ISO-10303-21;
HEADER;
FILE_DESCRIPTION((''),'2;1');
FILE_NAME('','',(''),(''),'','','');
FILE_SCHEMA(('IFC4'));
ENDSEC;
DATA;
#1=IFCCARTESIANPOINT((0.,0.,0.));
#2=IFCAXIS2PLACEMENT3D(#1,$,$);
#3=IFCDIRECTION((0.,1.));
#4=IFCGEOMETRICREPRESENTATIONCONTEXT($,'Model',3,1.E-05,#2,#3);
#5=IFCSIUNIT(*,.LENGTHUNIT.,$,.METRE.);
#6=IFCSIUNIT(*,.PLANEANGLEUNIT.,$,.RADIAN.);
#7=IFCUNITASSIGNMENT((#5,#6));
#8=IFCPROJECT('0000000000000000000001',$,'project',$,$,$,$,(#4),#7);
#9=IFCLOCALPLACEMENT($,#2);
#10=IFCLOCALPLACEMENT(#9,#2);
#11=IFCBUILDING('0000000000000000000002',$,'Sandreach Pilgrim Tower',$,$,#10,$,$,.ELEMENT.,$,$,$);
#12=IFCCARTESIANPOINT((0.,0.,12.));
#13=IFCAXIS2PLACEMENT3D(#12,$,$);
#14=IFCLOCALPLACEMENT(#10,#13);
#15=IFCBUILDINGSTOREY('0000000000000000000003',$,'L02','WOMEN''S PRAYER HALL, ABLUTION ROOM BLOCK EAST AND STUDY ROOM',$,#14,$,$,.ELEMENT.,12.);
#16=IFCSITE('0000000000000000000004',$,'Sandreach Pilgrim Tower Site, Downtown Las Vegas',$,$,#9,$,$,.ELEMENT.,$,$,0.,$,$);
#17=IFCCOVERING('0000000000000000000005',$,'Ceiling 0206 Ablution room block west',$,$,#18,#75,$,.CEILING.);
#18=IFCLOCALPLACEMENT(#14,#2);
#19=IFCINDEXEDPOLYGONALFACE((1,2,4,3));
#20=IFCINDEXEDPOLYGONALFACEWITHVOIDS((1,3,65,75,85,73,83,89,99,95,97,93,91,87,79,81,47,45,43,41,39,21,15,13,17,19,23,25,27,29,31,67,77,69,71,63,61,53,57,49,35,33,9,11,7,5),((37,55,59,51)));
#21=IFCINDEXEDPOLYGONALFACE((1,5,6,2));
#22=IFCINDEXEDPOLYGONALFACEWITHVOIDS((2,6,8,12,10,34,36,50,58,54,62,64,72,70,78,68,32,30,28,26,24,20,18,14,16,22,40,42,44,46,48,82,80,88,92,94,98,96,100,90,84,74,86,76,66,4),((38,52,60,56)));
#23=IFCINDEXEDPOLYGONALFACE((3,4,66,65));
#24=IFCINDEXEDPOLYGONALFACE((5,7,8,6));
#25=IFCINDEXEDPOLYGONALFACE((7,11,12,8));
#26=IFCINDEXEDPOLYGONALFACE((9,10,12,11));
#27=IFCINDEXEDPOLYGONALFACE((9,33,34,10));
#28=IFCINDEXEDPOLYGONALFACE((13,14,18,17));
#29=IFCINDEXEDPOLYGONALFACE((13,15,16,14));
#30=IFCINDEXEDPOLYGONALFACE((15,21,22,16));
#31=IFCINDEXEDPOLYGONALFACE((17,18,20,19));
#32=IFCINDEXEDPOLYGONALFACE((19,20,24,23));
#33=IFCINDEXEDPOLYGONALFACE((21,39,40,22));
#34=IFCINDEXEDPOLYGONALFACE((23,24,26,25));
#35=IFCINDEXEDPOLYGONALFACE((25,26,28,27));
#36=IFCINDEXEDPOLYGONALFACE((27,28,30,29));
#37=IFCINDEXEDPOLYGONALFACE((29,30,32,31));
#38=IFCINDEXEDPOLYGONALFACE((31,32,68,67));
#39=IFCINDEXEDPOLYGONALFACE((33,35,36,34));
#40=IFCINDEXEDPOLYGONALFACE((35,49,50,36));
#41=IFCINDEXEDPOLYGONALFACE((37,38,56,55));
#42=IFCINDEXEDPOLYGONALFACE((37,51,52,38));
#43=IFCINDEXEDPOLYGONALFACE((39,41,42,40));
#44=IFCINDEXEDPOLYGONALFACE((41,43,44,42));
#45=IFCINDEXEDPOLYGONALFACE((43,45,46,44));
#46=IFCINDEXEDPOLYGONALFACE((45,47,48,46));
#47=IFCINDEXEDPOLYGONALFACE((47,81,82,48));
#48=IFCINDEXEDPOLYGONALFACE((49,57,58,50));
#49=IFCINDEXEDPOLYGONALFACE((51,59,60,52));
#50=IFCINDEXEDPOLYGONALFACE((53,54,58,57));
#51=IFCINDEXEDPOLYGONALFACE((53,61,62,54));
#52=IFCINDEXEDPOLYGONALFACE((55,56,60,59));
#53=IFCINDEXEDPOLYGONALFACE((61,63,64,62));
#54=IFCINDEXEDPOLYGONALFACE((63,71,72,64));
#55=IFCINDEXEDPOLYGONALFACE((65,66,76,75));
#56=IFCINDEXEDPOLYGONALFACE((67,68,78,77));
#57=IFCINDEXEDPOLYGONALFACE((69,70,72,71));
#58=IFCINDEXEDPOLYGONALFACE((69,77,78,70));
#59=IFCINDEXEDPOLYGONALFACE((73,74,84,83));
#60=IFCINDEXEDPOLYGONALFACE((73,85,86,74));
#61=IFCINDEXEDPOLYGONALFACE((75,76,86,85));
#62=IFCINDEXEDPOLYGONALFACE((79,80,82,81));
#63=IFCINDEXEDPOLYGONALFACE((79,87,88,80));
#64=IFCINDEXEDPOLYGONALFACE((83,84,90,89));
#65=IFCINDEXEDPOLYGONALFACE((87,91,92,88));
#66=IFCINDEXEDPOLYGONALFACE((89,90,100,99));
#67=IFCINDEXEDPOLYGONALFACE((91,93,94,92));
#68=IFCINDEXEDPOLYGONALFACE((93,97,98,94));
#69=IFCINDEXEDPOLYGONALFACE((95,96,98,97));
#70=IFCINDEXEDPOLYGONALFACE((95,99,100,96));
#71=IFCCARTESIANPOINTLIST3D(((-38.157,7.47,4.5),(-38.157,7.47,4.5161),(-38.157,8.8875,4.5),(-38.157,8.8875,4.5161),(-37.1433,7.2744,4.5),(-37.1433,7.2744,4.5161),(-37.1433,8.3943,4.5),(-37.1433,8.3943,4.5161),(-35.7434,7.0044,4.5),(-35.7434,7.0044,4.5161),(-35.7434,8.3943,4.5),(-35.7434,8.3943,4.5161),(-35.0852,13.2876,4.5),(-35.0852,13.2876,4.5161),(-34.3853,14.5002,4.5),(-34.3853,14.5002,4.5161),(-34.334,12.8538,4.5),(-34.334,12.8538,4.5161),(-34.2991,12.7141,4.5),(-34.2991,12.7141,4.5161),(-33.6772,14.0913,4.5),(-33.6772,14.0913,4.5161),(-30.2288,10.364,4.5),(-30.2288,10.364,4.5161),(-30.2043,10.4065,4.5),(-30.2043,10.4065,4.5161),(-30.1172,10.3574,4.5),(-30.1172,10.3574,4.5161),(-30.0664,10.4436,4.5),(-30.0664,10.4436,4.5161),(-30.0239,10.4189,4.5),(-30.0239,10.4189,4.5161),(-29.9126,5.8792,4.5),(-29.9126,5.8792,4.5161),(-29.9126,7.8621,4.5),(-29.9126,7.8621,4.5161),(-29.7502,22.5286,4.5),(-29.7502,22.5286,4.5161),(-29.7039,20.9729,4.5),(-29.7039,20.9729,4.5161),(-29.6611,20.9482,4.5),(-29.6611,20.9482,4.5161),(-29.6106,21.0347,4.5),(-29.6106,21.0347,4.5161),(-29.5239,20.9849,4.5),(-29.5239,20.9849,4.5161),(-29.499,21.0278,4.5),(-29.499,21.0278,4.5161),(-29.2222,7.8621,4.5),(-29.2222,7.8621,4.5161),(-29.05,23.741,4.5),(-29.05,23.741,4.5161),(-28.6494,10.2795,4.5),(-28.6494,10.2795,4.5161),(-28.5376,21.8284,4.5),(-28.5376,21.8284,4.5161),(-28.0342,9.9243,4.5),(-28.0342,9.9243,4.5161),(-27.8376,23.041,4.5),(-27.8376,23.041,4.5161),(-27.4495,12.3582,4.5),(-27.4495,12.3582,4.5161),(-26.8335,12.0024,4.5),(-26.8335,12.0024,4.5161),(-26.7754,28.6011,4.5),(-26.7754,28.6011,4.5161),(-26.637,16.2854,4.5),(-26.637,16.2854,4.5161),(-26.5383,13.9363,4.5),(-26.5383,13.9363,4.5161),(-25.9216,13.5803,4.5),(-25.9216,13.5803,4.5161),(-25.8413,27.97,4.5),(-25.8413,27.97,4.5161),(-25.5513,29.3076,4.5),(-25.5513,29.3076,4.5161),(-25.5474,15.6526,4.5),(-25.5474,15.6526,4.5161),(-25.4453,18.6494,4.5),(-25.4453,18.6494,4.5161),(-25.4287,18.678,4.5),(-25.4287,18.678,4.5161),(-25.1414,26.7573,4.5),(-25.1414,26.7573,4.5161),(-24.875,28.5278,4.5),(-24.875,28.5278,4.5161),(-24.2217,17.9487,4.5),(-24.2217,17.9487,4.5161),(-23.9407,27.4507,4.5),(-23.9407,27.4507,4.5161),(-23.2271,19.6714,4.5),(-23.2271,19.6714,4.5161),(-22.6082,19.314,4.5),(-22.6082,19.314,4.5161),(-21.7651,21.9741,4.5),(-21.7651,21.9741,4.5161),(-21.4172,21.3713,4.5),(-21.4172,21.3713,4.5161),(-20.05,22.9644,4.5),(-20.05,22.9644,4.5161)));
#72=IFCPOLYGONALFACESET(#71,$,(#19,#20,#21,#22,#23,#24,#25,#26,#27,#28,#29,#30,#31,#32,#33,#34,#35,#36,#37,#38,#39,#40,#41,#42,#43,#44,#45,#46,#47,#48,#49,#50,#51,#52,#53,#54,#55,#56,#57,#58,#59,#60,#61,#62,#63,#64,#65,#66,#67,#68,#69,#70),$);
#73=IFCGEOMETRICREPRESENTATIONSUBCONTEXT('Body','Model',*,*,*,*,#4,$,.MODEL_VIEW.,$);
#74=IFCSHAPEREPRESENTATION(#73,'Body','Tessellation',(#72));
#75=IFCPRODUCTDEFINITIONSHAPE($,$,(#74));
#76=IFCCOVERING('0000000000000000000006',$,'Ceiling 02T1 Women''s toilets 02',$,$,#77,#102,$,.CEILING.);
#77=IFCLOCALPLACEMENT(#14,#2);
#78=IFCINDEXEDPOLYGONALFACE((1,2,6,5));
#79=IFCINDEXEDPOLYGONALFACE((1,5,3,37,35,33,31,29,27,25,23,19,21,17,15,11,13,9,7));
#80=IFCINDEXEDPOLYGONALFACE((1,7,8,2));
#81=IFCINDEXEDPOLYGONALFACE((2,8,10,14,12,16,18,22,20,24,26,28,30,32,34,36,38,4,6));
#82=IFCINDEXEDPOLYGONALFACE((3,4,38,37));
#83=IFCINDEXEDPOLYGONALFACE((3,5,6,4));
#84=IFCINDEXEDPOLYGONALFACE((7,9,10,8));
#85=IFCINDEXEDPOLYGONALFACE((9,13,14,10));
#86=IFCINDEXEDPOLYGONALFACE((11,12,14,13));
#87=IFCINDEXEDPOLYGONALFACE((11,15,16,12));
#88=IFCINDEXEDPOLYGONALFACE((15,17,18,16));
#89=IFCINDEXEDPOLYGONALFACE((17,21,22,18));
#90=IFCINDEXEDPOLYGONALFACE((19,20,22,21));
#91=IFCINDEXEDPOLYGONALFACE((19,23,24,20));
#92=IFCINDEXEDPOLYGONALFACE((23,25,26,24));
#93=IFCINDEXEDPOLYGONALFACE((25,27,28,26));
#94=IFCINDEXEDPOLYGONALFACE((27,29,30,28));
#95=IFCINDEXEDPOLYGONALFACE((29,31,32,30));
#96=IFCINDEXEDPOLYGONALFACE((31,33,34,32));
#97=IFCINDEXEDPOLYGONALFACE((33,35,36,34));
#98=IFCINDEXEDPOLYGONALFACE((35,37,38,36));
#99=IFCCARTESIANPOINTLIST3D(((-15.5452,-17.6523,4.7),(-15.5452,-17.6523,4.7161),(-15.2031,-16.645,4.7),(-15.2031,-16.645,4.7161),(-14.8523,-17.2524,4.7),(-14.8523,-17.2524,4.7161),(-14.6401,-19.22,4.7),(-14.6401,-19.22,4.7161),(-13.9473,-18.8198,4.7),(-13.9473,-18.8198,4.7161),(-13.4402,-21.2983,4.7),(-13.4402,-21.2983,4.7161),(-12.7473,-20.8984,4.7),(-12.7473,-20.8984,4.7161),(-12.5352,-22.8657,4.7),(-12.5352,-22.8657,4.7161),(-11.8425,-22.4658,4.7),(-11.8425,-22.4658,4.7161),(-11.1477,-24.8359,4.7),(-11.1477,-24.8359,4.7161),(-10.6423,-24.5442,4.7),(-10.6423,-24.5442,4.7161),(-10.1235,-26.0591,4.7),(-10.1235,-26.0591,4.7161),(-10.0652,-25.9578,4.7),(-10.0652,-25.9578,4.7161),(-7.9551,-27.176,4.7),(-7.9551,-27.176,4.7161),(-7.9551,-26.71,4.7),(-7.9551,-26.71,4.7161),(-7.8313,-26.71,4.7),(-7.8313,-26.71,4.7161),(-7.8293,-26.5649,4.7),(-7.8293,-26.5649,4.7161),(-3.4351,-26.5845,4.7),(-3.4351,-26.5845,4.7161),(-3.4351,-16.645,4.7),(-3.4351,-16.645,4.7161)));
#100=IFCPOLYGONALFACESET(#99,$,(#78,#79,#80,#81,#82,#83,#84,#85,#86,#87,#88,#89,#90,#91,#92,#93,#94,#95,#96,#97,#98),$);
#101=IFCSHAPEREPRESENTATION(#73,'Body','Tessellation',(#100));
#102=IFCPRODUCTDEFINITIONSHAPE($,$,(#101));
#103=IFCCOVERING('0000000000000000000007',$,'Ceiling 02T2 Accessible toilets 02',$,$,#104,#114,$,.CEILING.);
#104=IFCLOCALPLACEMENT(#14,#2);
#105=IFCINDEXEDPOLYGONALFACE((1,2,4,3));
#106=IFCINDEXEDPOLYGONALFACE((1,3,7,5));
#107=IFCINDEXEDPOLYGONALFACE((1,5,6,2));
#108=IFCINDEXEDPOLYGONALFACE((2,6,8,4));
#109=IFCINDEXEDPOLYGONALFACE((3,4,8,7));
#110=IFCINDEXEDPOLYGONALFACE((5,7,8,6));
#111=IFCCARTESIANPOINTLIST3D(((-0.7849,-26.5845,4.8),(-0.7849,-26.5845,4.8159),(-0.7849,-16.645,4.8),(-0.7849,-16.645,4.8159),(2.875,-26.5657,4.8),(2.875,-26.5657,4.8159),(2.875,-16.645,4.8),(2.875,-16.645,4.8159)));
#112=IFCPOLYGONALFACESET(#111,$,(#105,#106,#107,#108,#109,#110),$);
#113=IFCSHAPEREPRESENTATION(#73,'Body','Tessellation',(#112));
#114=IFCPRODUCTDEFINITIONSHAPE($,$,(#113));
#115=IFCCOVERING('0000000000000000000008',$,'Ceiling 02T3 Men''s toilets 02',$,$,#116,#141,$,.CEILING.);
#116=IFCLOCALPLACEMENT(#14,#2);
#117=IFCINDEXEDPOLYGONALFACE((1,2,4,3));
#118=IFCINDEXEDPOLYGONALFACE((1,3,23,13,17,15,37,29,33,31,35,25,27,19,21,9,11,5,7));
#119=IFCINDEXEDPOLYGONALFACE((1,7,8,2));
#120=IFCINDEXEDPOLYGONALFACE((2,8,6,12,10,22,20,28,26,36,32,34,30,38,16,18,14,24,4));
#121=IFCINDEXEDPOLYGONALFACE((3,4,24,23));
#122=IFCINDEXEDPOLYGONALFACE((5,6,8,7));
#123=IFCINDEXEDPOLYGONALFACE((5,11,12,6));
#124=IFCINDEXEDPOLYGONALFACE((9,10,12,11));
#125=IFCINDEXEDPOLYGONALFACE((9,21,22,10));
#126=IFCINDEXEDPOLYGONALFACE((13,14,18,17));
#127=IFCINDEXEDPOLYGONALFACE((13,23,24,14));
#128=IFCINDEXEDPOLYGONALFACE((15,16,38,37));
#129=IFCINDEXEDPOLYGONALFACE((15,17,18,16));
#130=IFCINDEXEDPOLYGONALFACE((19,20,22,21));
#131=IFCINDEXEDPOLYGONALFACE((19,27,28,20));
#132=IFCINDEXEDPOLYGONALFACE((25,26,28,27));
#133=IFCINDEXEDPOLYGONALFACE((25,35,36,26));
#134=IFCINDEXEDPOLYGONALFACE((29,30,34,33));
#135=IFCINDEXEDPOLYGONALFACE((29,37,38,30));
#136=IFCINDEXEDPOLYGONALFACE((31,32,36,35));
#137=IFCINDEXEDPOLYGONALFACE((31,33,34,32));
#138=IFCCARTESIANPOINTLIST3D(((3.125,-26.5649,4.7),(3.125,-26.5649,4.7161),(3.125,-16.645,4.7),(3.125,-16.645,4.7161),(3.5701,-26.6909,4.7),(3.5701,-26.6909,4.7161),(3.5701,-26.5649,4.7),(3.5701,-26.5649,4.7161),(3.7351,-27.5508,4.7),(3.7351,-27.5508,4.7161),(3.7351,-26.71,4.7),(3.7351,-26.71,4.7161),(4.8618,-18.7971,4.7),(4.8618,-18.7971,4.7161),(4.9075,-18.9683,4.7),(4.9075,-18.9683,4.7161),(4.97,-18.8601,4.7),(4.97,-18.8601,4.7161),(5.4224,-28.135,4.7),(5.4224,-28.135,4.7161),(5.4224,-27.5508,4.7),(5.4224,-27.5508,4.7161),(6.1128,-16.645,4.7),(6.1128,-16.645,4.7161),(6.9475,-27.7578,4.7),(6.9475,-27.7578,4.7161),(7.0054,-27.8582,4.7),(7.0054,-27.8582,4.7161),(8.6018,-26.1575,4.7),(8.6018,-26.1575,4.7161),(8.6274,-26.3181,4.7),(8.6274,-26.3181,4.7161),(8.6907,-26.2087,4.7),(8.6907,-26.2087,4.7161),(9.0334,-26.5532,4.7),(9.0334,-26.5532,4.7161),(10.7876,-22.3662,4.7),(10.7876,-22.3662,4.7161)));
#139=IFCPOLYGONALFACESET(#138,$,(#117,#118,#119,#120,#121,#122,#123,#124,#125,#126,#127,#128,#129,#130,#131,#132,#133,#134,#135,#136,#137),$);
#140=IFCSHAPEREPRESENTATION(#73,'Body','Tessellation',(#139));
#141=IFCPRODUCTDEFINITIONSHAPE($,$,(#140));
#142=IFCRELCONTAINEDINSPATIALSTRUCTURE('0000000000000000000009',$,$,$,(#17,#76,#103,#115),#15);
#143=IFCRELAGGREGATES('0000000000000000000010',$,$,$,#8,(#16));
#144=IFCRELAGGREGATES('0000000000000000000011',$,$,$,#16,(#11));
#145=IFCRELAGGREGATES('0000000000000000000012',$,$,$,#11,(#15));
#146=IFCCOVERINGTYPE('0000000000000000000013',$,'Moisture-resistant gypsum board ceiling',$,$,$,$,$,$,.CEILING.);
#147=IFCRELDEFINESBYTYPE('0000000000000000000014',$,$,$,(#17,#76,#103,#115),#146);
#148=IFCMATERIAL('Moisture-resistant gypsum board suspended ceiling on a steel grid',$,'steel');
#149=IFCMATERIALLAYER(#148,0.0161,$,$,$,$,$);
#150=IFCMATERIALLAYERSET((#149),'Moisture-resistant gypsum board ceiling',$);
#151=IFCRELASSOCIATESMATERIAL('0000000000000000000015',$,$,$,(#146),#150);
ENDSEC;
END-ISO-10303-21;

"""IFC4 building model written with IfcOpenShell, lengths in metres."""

from ifc_helpers import new_model, si_unit, direction, frame, origin, place, context, subcontext, project, spatial, polyline, outline, extrude, material, layer, layer_set, type_object, element, save


model = new_model("IFC4")

# Units and contexts
model_context = context("Model", 3, precision=1e-05, world=origin(), true_north=direction((0.0, 1.0)))
body_context = subcontext(model_context, "Body", "Model", "MODEL_VIEW")
ifc_project = project(units=[si_unit("LENGTHUNIT", "METRE"), si_unit("PLANEANGLEUNIT", "RADIAN")], contexts=[model_context])

# Site, building, storey
site_placement = place(None, origin())
site = spatial("IfcSite", under=ifc_project, at=site_placement, Name="Sandreach Pilgrim Tower Site, Downtown Las Vegas", CompositionType="ELEMENT", RefElevation=0.0)
building_placement = place(site_placement, origin())
building = spatial("IfcBuilding", under=site, at=building_placement, Name="Sandreach Pilgrim Tower", CompositionType="ELEMENT")
storey_placement = place(building_placement, frame((0.0, 0.0, 12.0)))
storey = spatial("IfcBuildingStorey", under=building, at=storey_placement, Name="L02", Description="WOMEN'S PRAYER HALL, ABLUTION ROOM BLOCK EAST AND STUDY ROOM", CompositionType="ELEMENT", Elevation=12.0)

# Coverings
ifc_material_1 = material(Name="Moisture-resistant gypsum board suspended ceiling on a steel grid", Category="steel")
ifc_layer_1 = layer(ifc_material_1, 0.0161)
ifc_layer_set_1 = layer_set([ifc_layer_1], Name="Moisture-resistant gypsum board ceiling")
covering_type_1 = type_object("IfcCoveringType", Name="Moisture-resistant gypsum board ceiling", PredefinedType="CEILING", material=ifc_layer_set_1)
covering_1_placement = place(storey_placement, frame((0.0, 0.0, 4.5)))
element("IfcCovering", 1, at=covering_1_placement, inside=storey, type_object=covering_type_1, Name="Ceiling 0206 Ablution room block west", PredefinedType="CEILING", context=body_context, shape_type="SweptSolid", body=[
    extrude(outline(polyline([(-38.157, 8.8875), (-26.7754, 28.6011), (-25.5513, 29.3076), (-24.875, 28.5278), (-25.8413, 27.97), (-25.1414, 26.7573), (-23.9407, 27.4507), (-20.05, 22.9644), (-21.7651, 21.9741), (-21.4172, 21.3713), (-22.6082, 19.314), (-23.2271, 19.6714), (-24.2217, 17.9487), (-25.4453, 18.6494), (-25.4287, 18.678), (-29.499, 21.0278), (-29.5239, 20.9849), (-29.6106, 21.0347), (-29.6611, 20.9482), (-29.7039, 20.9729), (-33.6772, 14.0913), (-34.3853, 14.5002), (-35.0852, 13.2876), (-34.334, 12.8538), (-34.2991, 12.7141), (-30.2288, 10.364), (-30.2043, 10.4065), (-30.1172, 10.3574), (-30.0664, 10.4436), (-30.0239, 10.4189), (-26.637, 16.2854), (-25.5474, 15.6526), (-26.5383, 13.9363), (-25.9216, 13.5803), (-26.8335, 12.0024), (-27.4495, 12.3582), (-28.6494, 10.2795), (-28.0342, 9.9243), (-29.2222, 7.8621), (-29.9126, 7.8621), (-29.9126, 5.8792), (-35.7434, 7.0044), (-35.7434, 8.3943), (-37.1433, 8.3943), (-37.1433, 7.2744), (-38.157, 7.47), (-38.157, 8.8875)]), holes=[polyline([(-29.7502, 22.5286), (-28.5376, 21.8284), (-27.8376, 23.041), (-29.05, 23.741), (-29.7502, 22.5286)])]), origin(), (0.0, 0.0, 1.0), 0.0161),
])
covering_2_placement = place(storey_placement, frame((0.0, 0.0, 4.7)))
element("IfcCovering", 2, at=covering_2_placement, inside=storey, type_object=covering_type_1, Name="Ceiling 02T1 Women's toilets 02", PredefinedType="CEILING", context=body_context, shape_type="SweptSolid", body=[
    extrude(outline(polyline([(-10.6423, -24.5442), (-11.8425, -22.4658), (-12.5352, -22.8657), (-13.4402, -21.2983), (-12.7473, -20.8984), (-13.9473, -18.8198), (-14.6401, -19.22), (-15.5452, -17.6523), (-14.8523, -17.2524), (-15.2031, -16.645), (-3.4351, -16.645), (-3.4351, -26.5845), (-7.8293, -26.5649), (-7.8313, -26.71), (-7.9551, -26.71), (-7.9551, -27.176), (-10.0652, -25.9578), (-10.1235, -26.0591), (-11.1477, -24.8359), (-10.6423, -24.5442)])), origin(), (0.0, 0.0, 1.0), 0.0161),
])
covering_3_placement = place(storey_placement, frame((0.0, 0.0, 4.8)))
element("IfcCovering", 3, at=covering_3_placement, inside=storey, type_object=covering_type_1, Name="Ceiling 02T2 Accessible toilets 02", PredefinedType="CEILING", context=body_context, shape_type="SweptSolid", body=[
    extrude(outline(polyline([(2.875, -26.5657), (-0.7849, -26.5845), (-0.7849, -16.645), (2.875, -16.645), (2.875, -26.5657)])), origin(), (0.0, 0.0, 1.0), 0.0159),
])
covering_4_placement = place(storey_placement, frame((0.0, 0.0, 4.7)))
element("IfcCovering", 4, at=covering_4_placement, inside=storey, type_object=covering_type_1, Name="Ceiling 02T3 Men's toilets 02", PredefinedType="CEILING", context=body_context, shape_type="SweptSolid", body=[
    extrude(outline(polyline([(3.125, -26.5649), (3.125, -16.645), (6.1128, -16.645), (4.8618, -18.7971), (4.97, -18.8601), (4.9075, -18.9683), (10.7876, -22.3662), (8.6018, -26.1575), (8.6907, -26.2087), (8.6274, -26.3181), (9.0334, -26.5532), (6.9475, -27.7578), (7.0054, -27.8582), (5.4224, -28.135), (5.4224, -27.5508), (3.7351, -27.5508), (3.7351, -26.71), (3.5701, -26.6909), (3.5701, -26.5649), (3.125, -26.5649)])), origin(), (0.0, 0.0, 1.0), 0.0161),
])

save(model, "model.ifc")
